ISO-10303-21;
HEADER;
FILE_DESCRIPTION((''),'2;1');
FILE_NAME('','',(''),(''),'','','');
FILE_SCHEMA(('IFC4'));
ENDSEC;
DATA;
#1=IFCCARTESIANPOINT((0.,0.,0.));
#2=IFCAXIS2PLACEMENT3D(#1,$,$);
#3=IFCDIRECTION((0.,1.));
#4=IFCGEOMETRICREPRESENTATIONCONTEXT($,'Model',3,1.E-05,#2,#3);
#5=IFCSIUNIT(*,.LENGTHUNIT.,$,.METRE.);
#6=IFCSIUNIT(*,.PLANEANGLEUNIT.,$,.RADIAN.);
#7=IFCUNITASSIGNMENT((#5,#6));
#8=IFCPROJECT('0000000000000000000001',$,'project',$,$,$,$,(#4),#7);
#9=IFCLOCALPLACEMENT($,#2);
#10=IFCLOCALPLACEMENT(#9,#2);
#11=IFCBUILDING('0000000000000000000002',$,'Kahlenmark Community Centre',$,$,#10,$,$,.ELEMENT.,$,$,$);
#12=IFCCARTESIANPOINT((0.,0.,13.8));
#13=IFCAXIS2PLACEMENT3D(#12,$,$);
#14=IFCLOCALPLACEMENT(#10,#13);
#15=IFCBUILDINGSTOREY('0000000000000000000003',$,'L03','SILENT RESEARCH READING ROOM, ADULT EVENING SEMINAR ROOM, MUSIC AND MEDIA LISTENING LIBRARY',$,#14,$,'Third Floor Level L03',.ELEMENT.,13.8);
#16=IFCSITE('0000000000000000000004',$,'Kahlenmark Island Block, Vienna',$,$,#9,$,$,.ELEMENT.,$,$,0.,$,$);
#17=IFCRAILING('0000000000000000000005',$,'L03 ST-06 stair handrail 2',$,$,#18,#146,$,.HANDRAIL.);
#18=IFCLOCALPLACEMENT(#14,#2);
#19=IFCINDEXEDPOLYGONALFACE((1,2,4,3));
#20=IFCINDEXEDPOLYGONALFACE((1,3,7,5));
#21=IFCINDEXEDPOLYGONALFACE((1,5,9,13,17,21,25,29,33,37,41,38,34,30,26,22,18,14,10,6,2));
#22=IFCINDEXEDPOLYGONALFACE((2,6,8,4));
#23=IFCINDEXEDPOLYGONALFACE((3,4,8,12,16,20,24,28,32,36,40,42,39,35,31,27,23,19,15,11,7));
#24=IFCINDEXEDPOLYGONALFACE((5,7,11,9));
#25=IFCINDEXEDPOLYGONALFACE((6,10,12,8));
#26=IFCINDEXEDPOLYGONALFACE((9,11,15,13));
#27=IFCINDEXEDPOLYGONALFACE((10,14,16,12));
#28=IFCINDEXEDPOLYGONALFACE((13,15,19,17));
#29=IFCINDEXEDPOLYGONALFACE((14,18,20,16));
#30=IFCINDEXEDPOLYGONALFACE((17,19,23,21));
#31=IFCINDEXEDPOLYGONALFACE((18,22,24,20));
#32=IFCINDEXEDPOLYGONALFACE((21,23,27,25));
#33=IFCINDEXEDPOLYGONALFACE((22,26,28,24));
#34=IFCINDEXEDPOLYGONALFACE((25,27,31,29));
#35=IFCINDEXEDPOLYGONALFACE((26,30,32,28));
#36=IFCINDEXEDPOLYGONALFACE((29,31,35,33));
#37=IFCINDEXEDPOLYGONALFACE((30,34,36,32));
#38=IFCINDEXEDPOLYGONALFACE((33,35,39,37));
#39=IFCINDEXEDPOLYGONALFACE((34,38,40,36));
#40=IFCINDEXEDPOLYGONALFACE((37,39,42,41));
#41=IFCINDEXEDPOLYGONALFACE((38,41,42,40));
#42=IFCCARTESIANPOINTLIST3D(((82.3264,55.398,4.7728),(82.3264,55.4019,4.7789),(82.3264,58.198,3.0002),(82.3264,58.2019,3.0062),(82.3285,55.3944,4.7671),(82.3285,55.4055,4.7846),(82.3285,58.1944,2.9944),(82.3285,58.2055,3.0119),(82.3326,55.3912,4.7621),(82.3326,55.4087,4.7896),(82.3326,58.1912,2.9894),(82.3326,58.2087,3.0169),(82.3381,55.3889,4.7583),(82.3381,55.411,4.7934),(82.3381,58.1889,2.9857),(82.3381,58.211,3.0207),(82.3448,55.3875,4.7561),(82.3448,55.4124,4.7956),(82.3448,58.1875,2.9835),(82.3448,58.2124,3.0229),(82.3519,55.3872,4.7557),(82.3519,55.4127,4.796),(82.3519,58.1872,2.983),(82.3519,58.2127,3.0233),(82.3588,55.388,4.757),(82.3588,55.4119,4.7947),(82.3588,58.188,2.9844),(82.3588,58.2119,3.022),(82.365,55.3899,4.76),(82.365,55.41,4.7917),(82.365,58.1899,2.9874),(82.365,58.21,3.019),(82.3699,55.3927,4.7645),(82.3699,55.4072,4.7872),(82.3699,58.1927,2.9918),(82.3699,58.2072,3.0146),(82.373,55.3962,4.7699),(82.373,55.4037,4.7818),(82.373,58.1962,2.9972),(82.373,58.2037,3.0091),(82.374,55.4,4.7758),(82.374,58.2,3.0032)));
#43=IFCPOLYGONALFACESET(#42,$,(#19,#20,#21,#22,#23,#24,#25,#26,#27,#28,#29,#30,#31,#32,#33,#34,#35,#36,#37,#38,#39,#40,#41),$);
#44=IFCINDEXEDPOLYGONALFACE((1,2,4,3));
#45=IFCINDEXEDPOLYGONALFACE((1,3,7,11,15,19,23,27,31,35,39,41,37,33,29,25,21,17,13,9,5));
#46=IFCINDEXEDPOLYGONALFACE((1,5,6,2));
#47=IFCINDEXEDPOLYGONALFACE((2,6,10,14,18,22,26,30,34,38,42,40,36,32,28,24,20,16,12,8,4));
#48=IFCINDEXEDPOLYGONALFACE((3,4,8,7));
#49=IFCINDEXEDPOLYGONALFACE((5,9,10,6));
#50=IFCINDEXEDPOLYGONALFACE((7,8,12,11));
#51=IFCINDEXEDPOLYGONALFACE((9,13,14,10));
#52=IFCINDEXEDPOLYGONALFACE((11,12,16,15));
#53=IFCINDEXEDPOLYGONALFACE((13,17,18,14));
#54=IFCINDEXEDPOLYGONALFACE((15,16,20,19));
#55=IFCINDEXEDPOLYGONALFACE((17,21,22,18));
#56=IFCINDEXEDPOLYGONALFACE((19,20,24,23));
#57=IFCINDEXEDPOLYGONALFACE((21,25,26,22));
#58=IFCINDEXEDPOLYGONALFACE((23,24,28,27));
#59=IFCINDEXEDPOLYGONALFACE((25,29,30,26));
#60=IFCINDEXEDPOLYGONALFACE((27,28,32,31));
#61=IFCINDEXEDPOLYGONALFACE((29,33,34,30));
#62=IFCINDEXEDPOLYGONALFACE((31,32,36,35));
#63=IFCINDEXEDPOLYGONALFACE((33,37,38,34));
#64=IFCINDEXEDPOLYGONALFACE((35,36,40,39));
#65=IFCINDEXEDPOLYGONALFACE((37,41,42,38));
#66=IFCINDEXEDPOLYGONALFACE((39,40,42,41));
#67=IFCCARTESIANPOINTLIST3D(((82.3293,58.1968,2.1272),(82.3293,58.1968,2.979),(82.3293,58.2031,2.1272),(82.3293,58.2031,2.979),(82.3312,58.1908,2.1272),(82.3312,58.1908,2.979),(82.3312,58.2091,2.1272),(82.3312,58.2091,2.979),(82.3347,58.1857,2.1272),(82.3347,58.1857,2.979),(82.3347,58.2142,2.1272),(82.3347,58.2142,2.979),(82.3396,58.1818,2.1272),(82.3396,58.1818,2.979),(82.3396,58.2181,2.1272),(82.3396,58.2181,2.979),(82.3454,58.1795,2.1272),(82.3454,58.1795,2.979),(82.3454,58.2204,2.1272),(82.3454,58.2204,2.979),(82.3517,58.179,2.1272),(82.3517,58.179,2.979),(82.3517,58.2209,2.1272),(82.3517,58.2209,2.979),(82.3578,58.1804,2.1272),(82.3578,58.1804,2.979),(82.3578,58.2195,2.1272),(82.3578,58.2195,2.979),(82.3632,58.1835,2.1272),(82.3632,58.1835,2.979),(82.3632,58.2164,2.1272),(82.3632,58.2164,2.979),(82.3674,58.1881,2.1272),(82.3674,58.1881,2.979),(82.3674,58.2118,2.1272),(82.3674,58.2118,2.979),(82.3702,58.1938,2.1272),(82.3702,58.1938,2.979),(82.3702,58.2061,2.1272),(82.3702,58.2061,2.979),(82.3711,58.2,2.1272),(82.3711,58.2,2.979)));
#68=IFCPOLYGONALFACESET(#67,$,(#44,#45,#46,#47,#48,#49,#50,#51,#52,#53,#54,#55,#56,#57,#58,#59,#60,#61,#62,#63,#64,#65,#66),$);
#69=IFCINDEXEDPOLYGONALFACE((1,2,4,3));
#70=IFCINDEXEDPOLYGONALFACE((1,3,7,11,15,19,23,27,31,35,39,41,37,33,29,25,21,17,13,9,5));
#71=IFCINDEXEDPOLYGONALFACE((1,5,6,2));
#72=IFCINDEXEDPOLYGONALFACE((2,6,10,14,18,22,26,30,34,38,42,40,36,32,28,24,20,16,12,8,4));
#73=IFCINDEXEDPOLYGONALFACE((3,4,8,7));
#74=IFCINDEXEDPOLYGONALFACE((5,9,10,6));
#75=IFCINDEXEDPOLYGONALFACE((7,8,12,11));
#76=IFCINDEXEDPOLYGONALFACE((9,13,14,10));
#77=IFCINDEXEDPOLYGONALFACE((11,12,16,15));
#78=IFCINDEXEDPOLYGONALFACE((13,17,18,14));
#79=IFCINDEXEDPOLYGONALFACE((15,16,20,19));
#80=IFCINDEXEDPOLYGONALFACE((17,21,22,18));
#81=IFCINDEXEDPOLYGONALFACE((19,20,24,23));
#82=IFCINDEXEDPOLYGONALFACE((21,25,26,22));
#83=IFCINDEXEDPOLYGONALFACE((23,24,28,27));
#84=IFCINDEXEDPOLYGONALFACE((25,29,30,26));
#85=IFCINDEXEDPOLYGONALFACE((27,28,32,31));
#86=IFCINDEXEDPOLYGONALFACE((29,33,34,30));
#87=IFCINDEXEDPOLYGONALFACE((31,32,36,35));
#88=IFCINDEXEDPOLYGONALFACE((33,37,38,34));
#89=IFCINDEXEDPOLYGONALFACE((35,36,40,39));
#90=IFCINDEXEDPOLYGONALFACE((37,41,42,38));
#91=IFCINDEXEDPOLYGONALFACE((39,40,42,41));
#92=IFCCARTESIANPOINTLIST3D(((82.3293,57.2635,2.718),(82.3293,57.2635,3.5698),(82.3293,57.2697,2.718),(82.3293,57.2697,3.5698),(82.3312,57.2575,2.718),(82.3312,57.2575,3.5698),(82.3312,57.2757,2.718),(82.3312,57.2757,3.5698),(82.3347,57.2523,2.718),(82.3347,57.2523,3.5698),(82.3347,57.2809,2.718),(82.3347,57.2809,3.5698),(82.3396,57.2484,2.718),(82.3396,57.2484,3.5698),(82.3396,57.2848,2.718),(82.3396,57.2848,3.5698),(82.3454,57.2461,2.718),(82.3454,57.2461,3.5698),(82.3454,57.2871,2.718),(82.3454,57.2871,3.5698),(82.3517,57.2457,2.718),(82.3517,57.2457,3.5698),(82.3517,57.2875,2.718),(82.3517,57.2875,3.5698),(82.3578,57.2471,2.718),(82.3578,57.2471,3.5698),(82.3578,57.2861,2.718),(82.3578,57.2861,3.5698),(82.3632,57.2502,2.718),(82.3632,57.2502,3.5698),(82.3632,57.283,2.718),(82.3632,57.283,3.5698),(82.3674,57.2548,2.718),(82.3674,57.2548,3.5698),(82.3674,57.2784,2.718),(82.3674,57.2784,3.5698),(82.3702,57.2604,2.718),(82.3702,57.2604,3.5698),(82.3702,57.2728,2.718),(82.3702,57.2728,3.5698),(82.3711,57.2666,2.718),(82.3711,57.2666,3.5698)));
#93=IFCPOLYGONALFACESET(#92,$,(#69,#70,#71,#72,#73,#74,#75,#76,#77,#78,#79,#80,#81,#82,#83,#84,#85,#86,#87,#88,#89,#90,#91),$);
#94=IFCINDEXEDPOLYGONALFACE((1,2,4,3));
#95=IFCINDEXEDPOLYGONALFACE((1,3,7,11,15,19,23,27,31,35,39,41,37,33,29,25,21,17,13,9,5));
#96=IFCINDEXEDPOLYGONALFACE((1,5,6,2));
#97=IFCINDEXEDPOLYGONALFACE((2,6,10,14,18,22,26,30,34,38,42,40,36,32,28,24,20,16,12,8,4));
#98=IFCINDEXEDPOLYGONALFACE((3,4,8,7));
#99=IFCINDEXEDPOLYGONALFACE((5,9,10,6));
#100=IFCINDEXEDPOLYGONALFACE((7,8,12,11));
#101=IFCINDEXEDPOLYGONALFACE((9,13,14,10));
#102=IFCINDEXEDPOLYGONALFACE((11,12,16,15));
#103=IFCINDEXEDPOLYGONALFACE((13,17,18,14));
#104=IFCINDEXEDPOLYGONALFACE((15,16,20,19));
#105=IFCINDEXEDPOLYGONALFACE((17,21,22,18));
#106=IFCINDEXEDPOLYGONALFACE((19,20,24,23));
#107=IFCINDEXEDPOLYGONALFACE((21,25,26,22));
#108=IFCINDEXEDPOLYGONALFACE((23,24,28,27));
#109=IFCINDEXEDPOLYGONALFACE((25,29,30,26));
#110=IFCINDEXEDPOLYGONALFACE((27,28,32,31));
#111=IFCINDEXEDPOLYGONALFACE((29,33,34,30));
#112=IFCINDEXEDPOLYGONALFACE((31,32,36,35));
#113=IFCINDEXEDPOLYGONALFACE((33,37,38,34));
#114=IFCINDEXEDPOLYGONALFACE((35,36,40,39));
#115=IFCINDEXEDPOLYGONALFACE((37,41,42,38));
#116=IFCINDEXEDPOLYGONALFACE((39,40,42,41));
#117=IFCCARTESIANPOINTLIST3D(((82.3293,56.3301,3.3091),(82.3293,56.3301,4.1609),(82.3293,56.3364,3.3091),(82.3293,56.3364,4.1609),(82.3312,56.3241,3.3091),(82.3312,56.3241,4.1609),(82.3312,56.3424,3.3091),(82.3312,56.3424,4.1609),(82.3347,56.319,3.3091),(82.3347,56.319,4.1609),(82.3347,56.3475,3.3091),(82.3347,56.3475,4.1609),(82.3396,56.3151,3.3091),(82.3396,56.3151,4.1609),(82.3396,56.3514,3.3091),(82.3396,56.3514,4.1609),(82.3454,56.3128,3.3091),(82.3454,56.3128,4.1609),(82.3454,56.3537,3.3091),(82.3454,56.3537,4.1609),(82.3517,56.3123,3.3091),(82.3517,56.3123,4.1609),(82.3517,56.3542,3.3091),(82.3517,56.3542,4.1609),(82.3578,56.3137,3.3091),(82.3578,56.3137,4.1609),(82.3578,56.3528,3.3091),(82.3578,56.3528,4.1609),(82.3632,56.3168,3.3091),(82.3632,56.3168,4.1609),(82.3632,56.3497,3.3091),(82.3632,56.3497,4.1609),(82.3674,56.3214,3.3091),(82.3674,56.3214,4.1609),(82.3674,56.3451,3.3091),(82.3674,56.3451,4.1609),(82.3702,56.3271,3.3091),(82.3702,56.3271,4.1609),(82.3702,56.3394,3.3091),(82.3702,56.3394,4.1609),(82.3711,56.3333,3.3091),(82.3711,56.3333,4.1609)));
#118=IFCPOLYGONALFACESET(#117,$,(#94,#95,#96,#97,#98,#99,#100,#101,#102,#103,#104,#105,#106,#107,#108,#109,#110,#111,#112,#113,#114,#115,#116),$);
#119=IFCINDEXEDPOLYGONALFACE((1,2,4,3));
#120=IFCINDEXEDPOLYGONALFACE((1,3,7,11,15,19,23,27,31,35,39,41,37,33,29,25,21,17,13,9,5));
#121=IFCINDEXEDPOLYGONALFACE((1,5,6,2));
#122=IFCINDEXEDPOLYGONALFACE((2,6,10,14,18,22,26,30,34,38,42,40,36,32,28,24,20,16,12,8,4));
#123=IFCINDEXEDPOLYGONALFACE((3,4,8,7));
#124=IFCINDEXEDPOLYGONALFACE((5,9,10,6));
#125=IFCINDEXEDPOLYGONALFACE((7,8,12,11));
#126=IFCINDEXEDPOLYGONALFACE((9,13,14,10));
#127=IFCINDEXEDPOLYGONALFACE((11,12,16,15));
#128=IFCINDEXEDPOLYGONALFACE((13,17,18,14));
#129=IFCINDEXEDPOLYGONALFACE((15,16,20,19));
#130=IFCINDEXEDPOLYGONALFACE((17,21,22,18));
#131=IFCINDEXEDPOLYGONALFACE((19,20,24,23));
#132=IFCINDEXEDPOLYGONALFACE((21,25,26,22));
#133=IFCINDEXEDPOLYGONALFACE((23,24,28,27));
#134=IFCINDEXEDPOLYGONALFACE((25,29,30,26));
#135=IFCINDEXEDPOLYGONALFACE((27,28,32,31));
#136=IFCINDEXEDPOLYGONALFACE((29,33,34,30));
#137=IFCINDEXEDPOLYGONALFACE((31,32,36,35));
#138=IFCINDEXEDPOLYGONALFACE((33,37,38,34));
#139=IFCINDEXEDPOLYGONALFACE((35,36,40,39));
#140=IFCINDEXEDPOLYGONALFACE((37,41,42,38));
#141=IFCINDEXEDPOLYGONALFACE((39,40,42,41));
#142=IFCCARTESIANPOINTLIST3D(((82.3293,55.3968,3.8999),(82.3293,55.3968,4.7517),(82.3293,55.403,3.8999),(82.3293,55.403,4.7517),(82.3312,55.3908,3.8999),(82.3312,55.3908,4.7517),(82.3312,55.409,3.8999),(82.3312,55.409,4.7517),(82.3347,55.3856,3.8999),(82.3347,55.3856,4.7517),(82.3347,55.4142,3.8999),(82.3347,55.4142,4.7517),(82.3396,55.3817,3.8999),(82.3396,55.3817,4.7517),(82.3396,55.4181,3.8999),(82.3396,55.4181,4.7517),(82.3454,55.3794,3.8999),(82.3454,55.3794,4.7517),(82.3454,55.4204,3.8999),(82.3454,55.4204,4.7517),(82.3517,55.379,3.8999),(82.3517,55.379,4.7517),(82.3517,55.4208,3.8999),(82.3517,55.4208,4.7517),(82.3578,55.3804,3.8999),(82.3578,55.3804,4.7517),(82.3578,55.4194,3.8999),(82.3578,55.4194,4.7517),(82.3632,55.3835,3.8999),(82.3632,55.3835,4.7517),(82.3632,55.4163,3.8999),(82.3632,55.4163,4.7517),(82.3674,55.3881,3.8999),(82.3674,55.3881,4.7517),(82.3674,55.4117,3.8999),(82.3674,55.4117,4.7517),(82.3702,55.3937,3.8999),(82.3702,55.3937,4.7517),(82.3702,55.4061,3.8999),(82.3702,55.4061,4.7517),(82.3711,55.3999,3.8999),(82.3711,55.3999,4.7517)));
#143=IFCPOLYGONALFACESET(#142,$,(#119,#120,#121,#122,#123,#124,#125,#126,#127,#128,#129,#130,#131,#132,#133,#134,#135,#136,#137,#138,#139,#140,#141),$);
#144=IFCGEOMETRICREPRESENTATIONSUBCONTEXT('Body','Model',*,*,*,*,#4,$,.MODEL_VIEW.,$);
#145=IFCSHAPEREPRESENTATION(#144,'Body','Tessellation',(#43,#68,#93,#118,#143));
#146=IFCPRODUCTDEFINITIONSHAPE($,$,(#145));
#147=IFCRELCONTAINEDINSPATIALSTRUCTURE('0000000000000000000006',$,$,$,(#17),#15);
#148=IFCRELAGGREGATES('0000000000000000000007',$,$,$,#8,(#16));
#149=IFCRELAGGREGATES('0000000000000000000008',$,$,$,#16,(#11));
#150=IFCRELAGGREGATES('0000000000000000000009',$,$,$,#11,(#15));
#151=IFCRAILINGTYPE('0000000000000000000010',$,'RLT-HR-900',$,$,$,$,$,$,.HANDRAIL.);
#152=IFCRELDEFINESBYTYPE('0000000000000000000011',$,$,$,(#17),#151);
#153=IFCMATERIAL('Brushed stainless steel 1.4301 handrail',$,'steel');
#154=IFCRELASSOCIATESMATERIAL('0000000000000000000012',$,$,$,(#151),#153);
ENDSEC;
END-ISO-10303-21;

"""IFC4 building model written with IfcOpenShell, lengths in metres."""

from ifc_helpers import new_model, si_unit, direction, frame, origin, origin_2d, place, context, subcontext, project, spatial, circle, extrude, material, type_object, element, save


model = new_model("IFC4")

# Units and contexts
model_context = context("Model", 3, precision=1e-05, world=origin(), true_north=direction((0.0, 1.0)))
body_context = subcontext(model_context, "Body", "Model", "MODEL_VIEW")
ifc_project = project(units=[si_unit("LENGTHUNIT", "METRE"), si_unit("PLANEANGLEUNIT", "RADIAN")], contexts=[model_context])

# Site, building, storey
site_placement = place(None, origin())
site = spatial("IfcSite", under=ifc_project, at=site_placement, Name="Kahlenmark Island Block, Vienna", CompositionType="ELEMENT", RefElevation=0.0)
building_placement = place(site_placement, origin())
building = spatial("IfcBuilding", under=site, at=building_placement, Name="Kahlenmark Community Centre", CompositionType="ELEMENT")
storey_placement = place(building_placement, frame((0.0, 0.0, 13.8)))
storey = spatial("IfcBuildingStorey", under=building, at=storey_placement, Name="L03", Description="SILENT RESEARCH READING ROOM, ADULT EVENING SEMINAR ROOM, MUSIC AND MEDIA LISTENING LIBRARY", LongName="Third Floor Level L03", CompositionType="ELEMENT", Elevation=13.8)

# Railing
ifc_material_1 = material(Name="Brushed stainless steel 1.4301 handrail", Category="steel")
railing_type_1 = type_object("IfcRailingType", Name="RLT-HR-900", PredefinedType="HANDRAIL", material=ifc_material_1)
railing_1_placement = place(storey_placement, frame((82.3501, 58.2, 2.1272)))
element("IfcRailing", 1, at=railing_1_placement, inside=storey, type_object=railing_type_1, Name="L03 ST-06 stair handrail 2", PredefinedType="HANDRAIL", context=body_context, shape_type="SweptSolid", body=[
    extrude(circle(Radius=0.0239, at=origin_2d()), frame((0.0, 0.0, 0.876), z_axis=(0.0, -0.844909, 0.53491), x_axis=(1.0, 0.0, 0.0)), (0.0, 0.0, 1.0), 3.314),
    extrude(circle(Radius=0.021, at=origin_2d()), origin(), (0.0, 0.0, 1.0), 0.8518),
    extrude(circle(Radius=0.021, at=origin_2d()), frame((0.0, -0.9333, 0.5908)), (0.0, 0.0, 1.0), 0.8518),
    extrude(circle(Radius=0.021, at=origin_2d()), frame((0.0, -1.8667, 1.1819)), (0.0, 0.0, 1.0), 0.8518),
    extrude(circle(Radius=0.021, at=origin_2d()), frame((0.0, -2.8, 1.7727)), (0.0, 0.0, 1.0), 0.8518),
])

save(model, "model.ifc")
